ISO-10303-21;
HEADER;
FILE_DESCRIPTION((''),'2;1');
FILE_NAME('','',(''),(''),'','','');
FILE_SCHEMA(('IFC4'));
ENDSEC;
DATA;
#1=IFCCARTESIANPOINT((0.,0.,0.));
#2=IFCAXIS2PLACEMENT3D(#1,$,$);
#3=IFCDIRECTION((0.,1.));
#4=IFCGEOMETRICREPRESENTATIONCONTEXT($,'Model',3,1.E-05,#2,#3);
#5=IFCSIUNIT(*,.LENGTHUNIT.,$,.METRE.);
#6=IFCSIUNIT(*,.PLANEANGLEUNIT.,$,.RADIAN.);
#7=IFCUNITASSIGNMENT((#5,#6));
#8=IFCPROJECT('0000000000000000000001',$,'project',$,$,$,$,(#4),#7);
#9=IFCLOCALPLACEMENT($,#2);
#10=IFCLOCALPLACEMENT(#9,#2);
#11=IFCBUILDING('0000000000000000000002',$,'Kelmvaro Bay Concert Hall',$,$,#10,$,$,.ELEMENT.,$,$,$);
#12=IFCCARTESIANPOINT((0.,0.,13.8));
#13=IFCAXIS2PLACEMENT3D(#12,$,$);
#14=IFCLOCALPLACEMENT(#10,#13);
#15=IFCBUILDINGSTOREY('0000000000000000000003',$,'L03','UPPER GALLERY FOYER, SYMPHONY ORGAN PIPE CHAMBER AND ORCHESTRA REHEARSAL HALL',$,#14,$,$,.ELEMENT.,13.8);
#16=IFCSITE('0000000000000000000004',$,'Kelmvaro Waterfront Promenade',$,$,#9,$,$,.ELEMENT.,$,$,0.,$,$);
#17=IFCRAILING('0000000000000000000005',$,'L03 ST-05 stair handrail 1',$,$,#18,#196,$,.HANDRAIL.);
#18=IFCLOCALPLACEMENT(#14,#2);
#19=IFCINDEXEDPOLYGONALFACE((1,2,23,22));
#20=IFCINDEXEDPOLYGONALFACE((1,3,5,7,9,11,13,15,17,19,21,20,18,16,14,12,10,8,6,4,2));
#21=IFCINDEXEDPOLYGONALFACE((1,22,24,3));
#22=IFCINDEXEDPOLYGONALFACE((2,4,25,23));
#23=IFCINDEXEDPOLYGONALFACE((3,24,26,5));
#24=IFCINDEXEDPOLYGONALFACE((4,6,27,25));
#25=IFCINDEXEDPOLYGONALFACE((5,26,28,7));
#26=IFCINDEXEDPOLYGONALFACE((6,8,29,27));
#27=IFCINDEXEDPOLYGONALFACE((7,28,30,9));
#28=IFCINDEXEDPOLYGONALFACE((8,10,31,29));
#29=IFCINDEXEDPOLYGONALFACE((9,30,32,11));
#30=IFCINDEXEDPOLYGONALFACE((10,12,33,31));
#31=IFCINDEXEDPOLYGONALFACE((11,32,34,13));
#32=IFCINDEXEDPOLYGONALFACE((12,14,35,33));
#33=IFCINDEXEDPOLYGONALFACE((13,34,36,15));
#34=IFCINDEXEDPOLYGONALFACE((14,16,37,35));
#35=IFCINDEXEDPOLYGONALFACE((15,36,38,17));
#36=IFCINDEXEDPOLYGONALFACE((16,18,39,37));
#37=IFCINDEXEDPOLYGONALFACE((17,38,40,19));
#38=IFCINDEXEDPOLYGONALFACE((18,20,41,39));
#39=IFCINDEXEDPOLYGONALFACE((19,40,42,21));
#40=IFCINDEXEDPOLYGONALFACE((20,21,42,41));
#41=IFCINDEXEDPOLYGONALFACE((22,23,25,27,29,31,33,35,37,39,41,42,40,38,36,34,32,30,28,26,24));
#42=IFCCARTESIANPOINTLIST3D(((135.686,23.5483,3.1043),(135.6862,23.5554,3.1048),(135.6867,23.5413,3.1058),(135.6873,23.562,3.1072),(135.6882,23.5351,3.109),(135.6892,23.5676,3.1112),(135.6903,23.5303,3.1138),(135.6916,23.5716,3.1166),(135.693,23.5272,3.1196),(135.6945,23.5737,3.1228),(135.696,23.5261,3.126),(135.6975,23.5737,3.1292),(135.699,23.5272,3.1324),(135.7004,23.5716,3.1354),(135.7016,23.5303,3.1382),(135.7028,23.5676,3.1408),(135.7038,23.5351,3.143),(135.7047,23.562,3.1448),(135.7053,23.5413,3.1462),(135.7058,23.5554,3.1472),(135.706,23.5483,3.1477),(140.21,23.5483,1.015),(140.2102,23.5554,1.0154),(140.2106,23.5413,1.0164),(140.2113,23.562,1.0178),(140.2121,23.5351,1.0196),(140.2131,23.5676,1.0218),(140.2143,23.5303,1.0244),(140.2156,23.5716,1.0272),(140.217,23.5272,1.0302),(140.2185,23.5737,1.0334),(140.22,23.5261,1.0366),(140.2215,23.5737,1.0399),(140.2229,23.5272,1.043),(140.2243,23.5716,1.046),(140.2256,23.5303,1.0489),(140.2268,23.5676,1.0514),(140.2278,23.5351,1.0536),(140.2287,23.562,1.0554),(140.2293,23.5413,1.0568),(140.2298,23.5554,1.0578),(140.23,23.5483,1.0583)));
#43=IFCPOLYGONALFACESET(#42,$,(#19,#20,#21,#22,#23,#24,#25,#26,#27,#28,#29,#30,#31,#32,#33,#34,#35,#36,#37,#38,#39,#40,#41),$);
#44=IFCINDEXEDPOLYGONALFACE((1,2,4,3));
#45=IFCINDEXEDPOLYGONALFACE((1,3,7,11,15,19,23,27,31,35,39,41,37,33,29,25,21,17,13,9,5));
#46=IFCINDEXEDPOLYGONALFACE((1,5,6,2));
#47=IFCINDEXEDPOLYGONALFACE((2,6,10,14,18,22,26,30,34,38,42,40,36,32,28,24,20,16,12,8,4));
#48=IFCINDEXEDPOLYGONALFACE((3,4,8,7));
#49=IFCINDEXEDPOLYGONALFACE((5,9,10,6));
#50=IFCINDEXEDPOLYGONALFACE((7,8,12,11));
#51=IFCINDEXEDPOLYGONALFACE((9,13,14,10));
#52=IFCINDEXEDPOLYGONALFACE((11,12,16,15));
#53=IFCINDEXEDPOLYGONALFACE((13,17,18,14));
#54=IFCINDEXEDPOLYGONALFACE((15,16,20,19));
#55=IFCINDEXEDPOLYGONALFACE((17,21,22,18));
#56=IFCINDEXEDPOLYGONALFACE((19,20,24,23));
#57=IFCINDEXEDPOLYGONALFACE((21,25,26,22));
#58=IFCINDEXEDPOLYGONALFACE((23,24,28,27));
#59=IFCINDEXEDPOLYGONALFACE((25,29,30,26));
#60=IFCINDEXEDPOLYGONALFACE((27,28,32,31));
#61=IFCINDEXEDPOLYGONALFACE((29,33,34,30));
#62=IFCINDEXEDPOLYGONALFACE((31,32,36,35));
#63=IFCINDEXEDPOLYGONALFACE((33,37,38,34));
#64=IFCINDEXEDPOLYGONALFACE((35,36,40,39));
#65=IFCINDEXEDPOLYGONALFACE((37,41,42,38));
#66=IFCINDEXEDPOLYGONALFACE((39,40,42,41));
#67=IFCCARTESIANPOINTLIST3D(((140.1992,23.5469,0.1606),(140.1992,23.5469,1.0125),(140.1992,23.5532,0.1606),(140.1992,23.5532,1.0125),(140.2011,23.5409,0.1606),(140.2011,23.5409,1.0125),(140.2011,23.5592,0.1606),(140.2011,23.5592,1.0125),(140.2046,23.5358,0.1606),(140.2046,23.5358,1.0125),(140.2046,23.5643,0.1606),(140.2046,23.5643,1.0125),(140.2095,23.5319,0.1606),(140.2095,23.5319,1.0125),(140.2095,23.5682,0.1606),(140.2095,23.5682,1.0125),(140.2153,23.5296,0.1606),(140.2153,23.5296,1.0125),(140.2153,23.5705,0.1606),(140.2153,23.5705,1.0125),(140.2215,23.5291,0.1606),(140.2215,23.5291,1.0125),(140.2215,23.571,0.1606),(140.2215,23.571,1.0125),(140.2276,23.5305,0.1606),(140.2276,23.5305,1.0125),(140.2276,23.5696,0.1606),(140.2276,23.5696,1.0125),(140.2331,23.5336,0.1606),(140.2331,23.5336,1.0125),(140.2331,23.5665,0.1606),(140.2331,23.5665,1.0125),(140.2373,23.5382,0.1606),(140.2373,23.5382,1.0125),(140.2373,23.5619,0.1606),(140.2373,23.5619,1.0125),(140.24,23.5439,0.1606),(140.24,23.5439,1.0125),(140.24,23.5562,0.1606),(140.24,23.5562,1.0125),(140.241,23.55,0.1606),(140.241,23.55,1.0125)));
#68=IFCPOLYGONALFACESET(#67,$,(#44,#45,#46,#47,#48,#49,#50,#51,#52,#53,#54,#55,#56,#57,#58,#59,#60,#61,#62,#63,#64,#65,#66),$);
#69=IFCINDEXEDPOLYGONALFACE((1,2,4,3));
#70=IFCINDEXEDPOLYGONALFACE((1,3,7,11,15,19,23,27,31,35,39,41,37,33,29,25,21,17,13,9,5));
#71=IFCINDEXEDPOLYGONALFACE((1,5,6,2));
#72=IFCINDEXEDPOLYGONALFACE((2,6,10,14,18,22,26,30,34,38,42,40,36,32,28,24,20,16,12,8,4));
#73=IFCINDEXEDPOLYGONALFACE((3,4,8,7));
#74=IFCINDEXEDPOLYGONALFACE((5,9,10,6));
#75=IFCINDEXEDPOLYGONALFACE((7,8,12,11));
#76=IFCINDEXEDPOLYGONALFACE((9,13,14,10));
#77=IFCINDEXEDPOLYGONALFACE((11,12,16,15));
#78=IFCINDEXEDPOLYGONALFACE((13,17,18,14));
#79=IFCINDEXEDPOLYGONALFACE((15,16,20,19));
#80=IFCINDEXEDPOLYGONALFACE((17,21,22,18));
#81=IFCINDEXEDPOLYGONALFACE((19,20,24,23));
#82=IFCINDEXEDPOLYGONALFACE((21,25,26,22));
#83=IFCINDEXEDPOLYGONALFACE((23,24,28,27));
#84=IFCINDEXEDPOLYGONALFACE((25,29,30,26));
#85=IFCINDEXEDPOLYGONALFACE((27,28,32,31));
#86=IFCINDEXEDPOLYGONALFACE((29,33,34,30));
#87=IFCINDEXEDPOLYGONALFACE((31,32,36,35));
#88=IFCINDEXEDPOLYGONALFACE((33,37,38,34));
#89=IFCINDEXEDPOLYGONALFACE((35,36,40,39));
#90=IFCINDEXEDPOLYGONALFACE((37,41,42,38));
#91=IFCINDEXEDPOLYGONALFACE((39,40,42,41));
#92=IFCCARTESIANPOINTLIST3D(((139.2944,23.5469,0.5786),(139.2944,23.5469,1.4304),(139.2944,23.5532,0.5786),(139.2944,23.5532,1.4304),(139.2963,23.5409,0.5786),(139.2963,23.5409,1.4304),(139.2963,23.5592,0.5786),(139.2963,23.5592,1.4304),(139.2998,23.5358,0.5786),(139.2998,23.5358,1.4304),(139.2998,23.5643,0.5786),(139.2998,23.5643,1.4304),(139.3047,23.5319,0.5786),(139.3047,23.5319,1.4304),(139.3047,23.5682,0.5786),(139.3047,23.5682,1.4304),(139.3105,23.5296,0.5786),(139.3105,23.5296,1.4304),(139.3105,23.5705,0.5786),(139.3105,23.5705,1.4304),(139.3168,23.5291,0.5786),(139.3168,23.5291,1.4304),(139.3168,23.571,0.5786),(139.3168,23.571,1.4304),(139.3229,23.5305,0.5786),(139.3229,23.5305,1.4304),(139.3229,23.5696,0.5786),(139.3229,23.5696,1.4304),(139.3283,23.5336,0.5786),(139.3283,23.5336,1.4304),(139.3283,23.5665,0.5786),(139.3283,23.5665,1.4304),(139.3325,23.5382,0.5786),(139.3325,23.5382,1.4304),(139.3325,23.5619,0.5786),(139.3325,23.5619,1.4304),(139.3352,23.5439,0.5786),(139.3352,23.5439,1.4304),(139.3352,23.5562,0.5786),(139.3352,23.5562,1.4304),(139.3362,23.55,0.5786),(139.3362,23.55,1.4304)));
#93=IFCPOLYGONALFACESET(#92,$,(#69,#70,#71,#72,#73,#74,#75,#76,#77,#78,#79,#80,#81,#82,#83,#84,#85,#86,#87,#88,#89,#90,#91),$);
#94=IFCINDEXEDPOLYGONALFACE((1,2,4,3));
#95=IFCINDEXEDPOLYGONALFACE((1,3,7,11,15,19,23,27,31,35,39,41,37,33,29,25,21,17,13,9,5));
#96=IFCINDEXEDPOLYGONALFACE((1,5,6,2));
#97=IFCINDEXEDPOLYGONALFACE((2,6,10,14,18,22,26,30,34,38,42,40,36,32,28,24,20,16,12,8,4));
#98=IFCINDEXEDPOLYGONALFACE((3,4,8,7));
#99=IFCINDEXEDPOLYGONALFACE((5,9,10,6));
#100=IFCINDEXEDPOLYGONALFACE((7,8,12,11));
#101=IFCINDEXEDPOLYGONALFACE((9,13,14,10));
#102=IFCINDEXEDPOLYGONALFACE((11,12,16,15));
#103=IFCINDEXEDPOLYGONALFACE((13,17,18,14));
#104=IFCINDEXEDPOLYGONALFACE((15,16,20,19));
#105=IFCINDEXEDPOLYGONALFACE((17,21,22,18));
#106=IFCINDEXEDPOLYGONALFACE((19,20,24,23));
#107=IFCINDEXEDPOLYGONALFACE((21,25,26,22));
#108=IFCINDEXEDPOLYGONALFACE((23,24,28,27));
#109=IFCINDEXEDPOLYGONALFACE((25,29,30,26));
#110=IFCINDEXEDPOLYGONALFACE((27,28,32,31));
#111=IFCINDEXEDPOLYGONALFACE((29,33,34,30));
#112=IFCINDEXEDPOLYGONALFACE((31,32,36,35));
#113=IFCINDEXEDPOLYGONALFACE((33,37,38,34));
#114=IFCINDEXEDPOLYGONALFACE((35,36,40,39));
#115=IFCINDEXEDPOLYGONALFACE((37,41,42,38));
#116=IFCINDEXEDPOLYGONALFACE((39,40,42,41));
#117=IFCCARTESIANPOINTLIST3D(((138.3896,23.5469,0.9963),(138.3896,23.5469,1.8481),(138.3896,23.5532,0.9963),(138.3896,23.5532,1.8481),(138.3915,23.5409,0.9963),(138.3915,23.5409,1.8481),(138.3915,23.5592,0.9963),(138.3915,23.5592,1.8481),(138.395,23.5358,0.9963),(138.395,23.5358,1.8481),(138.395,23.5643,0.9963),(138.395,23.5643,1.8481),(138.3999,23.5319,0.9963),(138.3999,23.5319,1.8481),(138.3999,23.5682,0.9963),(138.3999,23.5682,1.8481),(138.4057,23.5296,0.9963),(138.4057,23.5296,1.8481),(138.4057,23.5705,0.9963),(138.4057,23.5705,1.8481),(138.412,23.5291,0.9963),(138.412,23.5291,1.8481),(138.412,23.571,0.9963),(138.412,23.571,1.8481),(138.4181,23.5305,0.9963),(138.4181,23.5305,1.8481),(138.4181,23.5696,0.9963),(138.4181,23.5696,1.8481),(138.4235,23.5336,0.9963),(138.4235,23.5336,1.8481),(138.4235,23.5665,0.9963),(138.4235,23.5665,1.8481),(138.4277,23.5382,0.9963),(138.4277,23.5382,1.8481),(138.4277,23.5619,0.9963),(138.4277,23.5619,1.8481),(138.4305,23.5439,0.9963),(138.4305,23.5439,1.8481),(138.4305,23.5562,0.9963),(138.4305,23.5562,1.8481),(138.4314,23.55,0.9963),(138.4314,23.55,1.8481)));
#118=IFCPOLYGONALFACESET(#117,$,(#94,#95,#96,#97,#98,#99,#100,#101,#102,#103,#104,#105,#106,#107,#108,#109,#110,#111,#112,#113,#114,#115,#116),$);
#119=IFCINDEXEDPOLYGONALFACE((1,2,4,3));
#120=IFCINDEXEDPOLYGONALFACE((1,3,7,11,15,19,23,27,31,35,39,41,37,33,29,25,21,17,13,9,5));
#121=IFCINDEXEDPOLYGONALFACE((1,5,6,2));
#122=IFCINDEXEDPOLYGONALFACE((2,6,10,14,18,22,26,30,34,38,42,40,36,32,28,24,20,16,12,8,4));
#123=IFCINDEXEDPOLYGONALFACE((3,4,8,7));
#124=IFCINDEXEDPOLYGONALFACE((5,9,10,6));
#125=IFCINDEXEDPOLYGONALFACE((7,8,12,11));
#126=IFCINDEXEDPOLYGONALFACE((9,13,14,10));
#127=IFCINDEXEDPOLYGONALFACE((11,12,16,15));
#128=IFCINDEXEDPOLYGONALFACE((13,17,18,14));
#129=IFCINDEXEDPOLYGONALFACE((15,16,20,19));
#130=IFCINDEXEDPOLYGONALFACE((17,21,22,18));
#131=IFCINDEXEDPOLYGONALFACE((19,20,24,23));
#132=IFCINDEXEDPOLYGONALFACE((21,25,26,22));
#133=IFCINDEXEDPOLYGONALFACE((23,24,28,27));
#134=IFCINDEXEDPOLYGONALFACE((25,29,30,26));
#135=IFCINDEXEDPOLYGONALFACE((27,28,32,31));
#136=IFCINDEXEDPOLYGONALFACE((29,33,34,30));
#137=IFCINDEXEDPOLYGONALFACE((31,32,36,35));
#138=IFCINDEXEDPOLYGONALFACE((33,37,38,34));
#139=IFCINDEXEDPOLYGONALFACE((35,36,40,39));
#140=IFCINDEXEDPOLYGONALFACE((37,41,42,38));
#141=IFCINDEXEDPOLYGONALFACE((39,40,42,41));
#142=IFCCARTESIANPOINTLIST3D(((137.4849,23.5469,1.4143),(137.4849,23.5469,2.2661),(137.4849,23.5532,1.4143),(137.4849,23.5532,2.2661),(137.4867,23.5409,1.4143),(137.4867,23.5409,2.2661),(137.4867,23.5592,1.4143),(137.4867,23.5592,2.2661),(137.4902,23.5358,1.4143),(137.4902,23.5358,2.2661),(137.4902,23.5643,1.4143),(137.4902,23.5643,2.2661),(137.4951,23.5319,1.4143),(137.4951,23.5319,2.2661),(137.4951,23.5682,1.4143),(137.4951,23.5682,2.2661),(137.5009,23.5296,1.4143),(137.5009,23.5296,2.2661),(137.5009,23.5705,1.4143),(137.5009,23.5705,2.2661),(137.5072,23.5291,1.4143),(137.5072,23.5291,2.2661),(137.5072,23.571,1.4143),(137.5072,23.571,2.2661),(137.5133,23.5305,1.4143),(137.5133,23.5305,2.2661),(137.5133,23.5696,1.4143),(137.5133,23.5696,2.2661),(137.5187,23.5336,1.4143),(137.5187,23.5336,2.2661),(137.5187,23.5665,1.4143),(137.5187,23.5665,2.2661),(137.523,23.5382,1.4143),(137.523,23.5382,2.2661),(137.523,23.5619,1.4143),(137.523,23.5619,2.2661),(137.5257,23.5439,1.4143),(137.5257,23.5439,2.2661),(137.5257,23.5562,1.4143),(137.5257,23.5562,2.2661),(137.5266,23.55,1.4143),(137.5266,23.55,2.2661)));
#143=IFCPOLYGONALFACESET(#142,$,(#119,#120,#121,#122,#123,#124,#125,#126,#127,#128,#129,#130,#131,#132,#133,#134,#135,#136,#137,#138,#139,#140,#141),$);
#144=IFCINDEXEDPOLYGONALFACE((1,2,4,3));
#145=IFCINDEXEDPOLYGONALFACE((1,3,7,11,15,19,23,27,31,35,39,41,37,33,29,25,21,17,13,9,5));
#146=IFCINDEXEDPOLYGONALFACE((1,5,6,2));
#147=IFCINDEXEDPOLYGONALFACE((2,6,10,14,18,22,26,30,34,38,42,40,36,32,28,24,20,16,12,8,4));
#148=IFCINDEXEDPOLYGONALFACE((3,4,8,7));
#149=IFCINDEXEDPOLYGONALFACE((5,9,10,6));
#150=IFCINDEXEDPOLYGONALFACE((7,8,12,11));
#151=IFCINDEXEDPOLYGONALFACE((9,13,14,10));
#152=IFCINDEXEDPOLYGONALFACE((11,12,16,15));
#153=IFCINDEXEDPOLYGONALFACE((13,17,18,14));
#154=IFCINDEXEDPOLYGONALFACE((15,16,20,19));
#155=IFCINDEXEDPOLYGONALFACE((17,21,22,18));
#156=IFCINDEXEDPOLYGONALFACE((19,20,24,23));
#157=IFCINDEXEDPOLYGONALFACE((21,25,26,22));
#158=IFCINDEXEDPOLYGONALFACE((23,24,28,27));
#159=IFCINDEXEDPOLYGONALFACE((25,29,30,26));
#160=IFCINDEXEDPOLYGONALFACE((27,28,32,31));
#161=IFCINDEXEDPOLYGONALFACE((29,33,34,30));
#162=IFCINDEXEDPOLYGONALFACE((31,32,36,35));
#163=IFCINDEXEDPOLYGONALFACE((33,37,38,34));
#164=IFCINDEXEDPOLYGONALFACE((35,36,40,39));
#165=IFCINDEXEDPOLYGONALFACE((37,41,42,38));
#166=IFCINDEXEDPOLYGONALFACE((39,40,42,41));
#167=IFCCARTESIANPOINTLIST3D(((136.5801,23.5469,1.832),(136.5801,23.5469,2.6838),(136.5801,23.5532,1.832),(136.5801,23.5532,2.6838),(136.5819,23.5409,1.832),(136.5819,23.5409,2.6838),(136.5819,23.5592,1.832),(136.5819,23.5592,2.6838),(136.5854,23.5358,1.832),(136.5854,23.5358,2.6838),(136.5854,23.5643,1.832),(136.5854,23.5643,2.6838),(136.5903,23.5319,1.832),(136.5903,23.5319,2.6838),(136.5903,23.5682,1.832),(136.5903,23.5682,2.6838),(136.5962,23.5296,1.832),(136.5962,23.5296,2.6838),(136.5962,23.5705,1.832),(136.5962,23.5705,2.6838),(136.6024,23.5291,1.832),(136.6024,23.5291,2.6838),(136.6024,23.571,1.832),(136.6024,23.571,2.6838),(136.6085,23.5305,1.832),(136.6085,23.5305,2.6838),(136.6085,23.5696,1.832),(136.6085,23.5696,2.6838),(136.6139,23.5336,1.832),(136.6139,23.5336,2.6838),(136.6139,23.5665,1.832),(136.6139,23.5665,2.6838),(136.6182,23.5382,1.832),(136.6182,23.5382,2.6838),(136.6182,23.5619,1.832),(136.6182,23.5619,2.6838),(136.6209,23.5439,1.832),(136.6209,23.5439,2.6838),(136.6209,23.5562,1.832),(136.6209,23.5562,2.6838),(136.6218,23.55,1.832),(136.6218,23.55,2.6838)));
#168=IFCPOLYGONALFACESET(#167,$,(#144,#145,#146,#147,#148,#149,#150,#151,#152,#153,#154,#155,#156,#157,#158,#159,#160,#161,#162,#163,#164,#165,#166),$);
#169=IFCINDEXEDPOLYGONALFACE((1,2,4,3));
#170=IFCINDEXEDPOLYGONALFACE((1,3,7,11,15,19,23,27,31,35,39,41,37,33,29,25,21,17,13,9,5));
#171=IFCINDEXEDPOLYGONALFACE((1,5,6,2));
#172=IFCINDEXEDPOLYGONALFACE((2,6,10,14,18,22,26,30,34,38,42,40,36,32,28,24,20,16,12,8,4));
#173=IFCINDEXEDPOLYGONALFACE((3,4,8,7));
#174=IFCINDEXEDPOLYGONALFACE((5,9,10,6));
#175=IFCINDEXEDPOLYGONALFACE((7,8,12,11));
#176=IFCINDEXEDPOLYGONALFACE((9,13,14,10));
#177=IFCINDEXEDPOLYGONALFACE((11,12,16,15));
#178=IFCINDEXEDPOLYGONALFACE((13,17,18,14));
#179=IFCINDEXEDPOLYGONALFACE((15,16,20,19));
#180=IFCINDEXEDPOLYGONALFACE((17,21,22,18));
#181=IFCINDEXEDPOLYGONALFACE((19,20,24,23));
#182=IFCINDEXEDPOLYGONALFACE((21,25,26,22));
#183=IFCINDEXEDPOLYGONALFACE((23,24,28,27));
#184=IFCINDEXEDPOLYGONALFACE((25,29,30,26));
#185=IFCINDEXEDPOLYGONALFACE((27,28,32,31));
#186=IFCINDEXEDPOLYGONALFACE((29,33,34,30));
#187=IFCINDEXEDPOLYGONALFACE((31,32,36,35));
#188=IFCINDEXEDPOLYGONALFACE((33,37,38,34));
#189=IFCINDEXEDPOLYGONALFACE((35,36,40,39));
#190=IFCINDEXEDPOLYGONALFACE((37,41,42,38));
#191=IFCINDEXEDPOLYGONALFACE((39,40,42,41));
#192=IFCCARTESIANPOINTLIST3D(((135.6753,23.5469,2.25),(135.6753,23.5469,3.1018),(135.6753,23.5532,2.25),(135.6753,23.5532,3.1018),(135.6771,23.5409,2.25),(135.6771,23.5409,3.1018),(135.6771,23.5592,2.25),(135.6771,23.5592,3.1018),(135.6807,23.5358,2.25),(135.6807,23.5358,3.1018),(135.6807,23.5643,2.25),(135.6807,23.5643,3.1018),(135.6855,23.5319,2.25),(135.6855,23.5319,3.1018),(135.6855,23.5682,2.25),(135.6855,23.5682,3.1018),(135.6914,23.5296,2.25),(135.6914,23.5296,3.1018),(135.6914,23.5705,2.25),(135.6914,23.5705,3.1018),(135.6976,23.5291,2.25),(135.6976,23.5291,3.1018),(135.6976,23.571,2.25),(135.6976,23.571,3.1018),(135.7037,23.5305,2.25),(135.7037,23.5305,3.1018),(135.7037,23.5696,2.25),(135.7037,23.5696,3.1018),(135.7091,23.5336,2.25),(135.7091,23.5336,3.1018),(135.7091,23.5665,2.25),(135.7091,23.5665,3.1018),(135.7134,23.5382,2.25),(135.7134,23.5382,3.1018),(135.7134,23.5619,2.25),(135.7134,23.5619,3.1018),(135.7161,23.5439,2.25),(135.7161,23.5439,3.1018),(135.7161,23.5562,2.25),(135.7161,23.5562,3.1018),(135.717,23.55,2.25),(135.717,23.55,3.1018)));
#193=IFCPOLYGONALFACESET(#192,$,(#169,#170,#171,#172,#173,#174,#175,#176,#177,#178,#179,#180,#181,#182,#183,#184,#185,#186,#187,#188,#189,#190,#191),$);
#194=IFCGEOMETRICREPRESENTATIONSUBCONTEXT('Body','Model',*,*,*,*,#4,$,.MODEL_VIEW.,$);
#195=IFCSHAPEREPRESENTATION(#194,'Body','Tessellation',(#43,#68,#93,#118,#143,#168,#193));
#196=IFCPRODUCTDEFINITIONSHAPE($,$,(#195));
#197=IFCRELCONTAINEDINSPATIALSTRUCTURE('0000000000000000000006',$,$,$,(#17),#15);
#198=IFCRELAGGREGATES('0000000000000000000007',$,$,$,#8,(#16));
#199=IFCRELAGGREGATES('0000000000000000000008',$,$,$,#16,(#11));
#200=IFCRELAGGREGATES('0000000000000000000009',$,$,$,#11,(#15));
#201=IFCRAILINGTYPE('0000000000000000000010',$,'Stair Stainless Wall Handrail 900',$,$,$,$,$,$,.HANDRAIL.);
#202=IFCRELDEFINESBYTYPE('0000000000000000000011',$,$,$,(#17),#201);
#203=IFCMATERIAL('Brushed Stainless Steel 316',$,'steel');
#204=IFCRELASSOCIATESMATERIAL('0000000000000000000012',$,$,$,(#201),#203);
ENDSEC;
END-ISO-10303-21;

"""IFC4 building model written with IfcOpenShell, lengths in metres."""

from ifc_helpers import new_model, si_unit, direction, frame, origin, origin_2d, place, context, subcontext, project, spatial, circle, extrude, material, type_object, element, save


model = new_model("IFC4")

# Units and contexts
model_context = context("Model", 3, precision=1e-05, world=origin(), true_north=direction((0.0, 1.0)))
body_context = subcontext(model_context, "Body", "Model", "MODEL_VIEW")
ifc_project = project(units=[si_unit("LENGTHUNIT", "METRE"), si_unit("PLANEANGLEUNIT", "RADIAN")], contexts=[model_context])

# Site, building, storey
site_placement = place(None, origin())
site = spatial("IfcSite", under=ifc_project, at=site_placement, Name="Kelmvaro Waterfront Promenade", CompositionType="ELEMENT", RefElevation=0.0)
building_placement = place(site_placement, origin())
building = spatial("IfcBuilding", under=site, at=building_placement, Name="Kelmvaro Bay Concert Hall", CompositionType="ELEMENT")
storey_placement = place(building_placement, frame((0.0, 0.0, 13.8)))
storey = spatial("IfcBuildingStorey", under=building, at=storey_placement, Name="L03", Description="UPPER GALLERY FOYER, SYMPHONY ORGAN PIPE CHAMBER AND ORCHESTRA REHEARSAL HALL", CompositionType="ELEMENT", Elevation=13.8)

# Railing
ifc_material_1 = material(Name="Brushed Stainless Steel 316", Category="steel")
railing_type_1 = type_object("IfcRailingType", Name="Stair Stainless Wall Handrail 900", PredefinedType="HANDRAIL", material=ifc_material_1)
railing_1_placement = place(storey_placement, frame((140.22, 23.55, 0.1606)))
element("IfcRailing", 1, at=railing_1_placement, inside=storey, type_object=railing_type_1, Name="L03 ST-05 stair handrail 1", PredefinedType="HANDRAIL", context=body_context, shape_type="SweptSolid", body=[
    extrude(circle(Radius=0.0239, at=origin_2d()), frame((0.0, 0.0, 0.876), z_axis=(-0.907853, 0.0, 0.419288), x_axis=(0.0, -1.0, 0.0)), (0.0, 0.0, 1.0), 4.9832),
    extrude(circle(Radius=0.021, at=origin_2d()), origin(), (0.0, 0.0, 1.0), 0.8518),
    extrude(circle(Radius=0.021, at=origin_2d()), frame((-0.9048, 0.0, 0.418)), (0.0, 0.0, 1.0), 0.8518),
    extrude(circle(Radius=0.021, at=origin_2d()), frame((-1.8096, 0.0, 0.8357)), (0.0, 0.0, 1.0), 0.8518),
    extrude(circle(Radius=0.021, at=origin_2d()), frame((-2.7144, 0.0, 1.2537)), (0.0, 0.0, 1.0), 0.8518),
    extrude(circle(Radius=0.021, at=origin_2d()), frame((-3.6191, 0.0, 1.6714)), (0.0, 0.0, 1.0), 0.8518),
    extrude(circle(Radius=0.021, at=origin_2d()), frame((-4.5239, 0.0, 2.0894)), (0.0, 0.0, 1.0), 0.8518),
])

save(model, "model.ifc")
